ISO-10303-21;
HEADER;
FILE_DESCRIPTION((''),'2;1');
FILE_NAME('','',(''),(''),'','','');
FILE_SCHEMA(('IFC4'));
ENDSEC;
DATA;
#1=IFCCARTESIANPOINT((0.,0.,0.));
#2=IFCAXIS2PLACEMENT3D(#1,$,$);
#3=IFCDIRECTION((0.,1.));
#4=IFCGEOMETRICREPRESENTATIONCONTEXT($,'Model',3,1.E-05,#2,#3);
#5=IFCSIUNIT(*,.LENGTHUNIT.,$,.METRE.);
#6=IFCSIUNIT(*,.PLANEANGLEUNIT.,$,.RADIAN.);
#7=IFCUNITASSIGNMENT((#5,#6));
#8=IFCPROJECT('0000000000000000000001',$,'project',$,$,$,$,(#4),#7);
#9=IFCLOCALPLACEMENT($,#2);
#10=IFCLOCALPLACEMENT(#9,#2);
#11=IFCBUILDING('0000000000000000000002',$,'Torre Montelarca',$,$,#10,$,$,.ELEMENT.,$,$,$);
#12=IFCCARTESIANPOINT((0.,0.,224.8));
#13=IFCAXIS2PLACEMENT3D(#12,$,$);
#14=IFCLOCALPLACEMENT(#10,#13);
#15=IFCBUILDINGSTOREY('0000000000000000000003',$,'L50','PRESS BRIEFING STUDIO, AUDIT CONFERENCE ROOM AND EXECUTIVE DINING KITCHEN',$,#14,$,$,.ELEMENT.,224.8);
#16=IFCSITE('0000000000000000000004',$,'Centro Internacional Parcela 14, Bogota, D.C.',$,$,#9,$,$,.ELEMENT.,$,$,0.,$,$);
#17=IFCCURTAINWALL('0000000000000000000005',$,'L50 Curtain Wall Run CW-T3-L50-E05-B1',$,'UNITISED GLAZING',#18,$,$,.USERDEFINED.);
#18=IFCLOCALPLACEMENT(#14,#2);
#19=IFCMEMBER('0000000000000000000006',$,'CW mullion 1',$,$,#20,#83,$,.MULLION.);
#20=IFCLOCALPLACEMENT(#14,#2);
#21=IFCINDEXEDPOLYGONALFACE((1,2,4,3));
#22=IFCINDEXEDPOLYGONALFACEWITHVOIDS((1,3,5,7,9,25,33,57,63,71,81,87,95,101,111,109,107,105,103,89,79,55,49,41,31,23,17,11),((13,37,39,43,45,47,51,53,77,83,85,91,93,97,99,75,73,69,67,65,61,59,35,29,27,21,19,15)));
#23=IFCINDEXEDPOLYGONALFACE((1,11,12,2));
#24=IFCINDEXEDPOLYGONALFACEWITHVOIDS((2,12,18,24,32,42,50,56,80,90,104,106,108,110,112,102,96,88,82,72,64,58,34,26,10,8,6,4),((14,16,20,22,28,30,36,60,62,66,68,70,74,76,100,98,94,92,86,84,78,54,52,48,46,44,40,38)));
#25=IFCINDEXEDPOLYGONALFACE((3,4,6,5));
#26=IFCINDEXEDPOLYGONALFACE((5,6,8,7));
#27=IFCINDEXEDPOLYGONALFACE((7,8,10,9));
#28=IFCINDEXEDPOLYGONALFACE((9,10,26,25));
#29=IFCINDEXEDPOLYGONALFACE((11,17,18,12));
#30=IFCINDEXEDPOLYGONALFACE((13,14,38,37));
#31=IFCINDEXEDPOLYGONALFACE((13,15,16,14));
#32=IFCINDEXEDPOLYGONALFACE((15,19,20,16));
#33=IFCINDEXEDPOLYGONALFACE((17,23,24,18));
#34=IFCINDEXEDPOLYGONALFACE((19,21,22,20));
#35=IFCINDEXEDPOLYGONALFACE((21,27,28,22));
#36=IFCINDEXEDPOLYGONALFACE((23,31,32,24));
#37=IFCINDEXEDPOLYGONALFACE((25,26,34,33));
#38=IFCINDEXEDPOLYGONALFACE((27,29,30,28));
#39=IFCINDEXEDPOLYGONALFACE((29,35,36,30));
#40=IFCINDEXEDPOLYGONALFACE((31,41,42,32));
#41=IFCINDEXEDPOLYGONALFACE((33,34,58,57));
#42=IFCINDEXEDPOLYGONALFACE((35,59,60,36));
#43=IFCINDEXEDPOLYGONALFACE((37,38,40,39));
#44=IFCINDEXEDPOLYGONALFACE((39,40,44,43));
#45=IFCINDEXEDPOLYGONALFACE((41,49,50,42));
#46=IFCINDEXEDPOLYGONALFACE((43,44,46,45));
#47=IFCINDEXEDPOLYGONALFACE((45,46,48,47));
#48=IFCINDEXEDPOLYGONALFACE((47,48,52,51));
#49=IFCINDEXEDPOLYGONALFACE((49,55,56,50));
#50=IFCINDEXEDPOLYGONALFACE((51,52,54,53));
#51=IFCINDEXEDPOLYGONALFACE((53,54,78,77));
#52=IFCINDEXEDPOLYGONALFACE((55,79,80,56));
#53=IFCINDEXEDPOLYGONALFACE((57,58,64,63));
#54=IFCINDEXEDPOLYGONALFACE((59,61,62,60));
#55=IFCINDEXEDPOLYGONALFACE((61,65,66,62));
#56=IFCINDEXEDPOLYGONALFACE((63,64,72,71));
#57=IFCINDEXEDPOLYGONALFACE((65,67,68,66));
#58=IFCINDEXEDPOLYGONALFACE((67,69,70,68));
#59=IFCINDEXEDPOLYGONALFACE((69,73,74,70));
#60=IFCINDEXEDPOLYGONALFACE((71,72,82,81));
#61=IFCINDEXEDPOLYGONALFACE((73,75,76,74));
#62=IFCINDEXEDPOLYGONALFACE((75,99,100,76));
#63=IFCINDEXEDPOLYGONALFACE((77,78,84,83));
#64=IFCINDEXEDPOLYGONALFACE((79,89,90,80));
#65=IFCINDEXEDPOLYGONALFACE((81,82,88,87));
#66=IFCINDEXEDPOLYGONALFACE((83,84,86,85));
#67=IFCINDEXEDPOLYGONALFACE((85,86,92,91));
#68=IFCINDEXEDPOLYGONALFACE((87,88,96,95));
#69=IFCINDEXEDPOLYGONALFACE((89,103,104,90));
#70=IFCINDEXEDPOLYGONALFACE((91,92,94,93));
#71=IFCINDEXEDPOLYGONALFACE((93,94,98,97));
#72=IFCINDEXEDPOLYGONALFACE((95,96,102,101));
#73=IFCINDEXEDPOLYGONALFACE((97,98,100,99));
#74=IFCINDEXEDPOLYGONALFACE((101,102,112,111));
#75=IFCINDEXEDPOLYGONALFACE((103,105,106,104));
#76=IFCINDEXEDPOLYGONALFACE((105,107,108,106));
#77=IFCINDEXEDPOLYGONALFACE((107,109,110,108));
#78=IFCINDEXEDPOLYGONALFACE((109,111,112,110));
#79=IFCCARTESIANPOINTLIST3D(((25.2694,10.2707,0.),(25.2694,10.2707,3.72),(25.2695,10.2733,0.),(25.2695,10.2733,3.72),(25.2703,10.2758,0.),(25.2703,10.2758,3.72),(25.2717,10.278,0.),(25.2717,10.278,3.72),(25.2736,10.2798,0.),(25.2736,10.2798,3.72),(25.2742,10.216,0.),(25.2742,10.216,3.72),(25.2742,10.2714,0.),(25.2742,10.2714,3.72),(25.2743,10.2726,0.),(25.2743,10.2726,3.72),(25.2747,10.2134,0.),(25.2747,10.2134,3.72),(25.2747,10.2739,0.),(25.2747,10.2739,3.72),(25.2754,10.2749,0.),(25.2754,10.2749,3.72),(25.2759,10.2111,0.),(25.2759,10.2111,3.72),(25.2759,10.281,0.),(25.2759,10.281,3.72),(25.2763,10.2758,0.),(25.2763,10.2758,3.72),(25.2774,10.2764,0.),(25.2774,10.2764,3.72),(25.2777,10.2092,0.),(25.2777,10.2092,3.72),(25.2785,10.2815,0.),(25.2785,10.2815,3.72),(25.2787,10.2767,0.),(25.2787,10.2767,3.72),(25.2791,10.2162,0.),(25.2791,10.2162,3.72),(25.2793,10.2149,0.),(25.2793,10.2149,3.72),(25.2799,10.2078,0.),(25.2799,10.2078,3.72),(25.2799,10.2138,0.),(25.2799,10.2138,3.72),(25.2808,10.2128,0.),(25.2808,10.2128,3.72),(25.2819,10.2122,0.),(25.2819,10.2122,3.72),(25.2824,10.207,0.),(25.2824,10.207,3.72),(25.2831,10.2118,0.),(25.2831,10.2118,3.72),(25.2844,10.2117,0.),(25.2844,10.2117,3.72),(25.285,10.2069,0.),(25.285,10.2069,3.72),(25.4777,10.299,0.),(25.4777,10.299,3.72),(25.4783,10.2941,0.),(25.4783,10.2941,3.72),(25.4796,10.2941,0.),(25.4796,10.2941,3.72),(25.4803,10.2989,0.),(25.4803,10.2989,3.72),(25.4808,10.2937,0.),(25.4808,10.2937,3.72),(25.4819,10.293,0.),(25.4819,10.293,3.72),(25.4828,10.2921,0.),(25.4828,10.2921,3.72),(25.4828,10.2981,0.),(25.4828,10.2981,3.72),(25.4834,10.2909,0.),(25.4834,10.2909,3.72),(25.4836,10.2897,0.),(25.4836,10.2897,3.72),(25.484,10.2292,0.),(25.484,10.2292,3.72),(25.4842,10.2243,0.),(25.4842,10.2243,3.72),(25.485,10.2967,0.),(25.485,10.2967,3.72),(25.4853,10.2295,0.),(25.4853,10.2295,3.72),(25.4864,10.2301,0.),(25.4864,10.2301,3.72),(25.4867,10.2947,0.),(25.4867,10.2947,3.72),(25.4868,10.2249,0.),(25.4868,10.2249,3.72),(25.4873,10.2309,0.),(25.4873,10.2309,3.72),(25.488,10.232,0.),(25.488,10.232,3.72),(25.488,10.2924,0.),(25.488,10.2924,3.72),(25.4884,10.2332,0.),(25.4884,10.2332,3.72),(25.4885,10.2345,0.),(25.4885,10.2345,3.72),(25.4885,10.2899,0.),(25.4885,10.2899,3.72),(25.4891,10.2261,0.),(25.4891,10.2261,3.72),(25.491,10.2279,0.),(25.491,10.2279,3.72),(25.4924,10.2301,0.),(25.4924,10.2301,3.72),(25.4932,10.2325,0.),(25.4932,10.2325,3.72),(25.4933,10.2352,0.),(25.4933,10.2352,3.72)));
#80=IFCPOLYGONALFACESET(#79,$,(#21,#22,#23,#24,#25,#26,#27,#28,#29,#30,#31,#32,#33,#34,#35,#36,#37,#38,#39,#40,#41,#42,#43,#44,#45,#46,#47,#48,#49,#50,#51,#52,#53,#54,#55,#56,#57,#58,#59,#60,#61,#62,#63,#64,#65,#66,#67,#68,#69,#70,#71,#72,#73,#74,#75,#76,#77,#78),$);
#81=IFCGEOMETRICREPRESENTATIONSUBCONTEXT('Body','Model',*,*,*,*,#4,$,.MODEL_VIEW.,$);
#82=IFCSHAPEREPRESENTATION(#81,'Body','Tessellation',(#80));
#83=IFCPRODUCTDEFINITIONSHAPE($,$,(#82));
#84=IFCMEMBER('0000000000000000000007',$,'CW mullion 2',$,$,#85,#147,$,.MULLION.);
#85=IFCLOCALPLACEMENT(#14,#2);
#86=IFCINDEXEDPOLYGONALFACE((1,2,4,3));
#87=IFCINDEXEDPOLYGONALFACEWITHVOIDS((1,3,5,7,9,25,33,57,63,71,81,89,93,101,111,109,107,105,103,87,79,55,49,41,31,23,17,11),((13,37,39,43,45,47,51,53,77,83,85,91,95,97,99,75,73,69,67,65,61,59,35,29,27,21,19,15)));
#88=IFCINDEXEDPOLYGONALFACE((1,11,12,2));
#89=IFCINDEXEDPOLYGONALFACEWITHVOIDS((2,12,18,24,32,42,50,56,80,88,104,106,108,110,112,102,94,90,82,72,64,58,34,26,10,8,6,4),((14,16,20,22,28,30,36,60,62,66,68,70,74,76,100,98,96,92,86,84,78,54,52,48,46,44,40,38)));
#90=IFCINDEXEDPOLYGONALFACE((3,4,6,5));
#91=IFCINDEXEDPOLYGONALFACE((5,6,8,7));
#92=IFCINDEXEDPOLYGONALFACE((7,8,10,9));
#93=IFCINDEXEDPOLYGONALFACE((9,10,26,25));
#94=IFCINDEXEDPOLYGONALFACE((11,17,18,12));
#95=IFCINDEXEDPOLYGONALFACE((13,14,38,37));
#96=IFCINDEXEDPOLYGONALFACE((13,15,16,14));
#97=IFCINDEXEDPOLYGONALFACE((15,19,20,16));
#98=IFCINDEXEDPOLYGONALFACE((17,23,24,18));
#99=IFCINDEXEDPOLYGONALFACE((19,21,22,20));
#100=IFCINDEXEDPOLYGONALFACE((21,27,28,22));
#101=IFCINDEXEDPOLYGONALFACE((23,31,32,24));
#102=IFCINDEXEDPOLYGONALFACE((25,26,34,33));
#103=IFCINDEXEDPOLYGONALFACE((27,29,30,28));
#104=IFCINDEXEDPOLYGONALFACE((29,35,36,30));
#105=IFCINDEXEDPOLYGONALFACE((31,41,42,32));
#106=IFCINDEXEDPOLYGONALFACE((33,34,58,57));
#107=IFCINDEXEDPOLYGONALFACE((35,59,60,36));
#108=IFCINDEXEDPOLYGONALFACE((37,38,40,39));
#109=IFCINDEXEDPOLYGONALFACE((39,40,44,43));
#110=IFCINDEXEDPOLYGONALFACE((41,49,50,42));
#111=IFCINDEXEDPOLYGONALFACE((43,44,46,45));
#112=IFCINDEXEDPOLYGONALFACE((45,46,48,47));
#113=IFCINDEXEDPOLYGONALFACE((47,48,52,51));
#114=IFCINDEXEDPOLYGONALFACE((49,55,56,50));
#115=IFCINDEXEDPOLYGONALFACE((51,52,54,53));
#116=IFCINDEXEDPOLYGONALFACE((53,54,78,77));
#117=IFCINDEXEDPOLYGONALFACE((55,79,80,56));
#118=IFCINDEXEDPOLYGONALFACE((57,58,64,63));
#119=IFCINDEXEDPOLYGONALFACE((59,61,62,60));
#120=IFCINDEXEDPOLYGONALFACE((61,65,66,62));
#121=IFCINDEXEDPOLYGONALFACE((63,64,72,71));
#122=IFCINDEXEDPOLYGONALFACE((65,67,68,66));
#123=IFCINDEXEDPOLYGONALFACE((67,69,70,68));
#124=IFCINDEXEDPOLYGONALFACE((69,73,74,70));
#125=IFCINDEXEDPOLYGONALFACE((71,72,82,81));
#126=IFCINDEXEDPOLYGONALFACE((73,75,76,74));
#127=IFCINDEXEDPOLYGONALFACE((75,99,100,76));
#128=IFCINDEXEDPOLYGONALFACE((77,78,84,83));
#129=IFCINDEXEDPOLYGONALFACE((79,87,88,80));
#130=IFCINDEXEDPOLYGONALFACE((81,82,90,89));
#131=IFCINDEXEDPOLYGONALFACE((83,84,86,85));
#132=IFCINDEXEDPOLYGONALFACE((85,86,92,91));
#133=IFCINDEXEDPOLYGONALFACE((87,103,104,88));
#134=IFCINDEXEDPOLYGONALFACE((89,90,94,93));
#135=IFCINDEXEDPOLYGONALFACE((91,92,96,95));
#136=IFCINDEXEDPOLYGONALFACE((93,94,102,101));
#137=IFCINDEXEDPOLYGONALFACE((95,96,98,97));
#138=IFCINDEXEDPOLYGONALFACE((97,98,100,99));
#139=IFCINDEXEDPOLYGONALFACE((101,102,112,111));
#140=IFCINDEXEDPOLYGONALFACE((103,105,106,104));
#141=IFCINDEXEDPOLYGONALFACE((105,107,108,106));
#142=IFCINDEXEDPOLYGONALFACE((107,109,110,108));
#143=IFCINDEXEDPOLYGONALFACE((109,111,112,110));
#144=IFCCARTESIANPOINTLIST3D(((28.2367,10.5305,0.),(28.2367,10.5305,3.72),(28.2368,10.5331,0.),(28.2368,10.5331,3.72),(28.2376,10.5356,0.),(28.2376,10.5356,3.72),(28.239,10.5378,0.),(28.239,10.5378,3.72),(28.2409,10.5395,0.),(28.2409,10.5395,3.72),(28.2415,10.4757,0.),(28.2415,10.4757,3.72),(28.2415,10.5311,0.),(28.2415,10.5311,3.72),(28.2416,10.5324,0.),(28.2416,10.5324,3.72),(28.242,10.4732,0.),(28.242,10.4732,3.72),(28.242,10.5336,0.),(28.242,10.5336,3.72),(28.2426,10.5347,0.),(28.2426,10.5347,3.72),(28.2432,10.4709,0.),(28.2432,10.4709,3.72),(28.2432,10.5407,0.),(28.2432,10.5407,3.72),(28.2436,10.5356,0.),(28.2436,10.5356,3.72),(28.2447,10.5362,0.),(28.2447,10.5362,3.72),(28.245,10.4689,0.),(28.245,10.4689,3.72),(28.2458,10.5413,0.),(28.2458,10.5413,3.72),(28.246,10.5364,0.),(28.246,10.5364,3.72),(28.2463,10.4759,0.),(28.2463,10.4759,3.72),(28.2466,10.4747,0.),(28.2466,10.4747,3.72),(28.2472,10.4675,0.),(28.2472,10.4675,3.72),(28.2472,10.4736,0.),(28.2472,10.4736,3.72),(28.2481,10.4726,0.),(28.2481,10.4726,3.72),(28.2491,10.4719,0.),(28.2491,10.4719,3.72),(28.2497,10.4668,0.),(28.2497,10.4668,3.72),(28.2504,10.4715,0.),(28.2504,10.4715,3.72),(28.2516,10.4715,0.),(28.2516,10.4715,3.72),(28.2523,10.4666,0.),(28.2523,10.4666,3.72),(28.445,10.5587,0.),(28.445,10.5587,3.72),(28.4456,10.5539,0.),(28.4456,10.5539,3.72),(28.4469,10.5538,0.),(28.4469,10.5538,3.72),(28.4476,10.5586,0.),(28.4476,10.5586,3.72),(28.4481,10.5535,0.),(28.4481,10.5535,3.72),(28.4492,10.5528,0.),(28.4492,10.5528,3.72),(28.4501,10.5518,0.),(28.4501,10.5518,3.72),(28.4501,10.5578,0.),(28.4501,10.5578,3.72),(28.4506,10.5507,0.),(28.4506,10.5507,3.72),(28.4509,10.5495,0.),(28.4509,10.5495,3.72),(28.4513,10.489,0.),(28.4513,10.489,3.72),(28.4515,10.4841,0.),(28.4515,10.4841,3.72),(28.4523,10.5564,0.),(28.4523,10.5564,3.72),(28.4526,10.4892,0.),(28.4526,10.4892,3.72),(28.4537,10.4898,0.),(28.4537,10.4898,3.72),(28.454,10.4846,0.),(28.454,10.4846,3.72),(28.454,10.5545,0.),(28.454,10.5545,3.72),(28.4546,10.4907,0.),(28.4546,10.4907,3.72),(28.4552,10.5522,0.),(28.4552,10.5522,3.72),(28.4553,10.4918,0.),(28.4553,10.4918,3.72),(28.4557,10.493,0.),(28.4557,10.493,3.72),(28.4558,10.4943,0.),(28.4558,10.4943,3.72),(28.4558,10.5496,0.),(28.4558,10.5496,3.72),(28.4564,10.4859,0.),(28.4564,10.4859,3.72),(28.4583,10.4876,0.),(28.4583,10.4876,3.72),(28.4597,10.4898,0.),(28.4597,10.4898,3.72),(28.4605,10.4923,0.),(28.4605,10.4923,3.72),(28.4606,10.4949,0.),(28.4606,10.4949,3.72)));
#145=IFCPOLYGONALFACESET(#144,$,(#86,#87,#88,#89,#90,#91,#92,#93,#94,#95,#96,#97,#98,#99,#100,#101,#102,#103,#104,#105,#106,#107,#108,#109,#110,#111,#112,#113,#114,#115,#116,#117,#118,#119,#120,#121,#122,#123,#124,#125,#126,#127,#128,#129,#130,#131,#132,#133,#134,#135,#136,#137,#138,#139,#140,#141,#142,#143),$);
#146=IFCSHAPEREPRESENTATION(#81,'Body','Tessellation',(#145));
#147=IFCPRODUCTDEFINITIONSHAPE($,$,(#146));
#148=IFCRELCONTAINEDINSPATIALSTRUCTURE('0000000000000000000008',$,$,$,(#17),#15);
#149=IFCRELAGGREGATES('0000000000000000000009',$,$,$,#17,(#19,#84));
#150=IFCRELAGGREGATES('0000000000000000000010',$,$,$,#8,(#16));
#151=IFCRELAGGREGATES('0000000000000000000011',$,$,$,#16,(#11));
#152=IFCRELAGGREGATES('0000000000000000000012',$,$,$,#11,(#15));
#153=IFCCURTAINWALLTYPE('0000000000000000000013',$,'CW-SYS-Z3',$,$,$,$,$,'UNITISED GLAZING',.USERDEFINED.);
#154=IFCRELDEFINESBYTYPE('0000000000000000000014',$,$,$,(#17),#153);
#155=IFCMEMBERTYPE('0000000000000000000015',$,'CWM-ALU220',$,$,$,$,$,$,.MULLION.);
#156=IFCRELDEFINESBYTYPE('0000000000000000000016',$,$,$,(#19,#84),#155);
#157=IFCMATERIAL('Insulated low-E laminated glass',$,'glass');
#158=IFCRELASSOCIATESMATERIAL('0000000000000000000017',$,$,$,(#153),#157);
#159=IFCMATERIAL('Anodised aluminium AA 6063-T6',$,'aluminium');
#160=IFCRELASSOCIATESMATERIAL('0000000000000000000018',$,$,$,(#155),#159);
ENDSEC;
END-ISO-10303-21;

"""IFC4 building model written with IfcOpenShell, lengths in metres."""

from ifc_helpers import new_model, si_unit, direction, frame, origin, origin_2d, place, context, subcontext, project, spatial, hollow_rectangle, extrude, source, transform, mapped, material, material_profile, profile_set, type_object, element, aggregate, save


model = new_model("IFC4")

# Units and contexts
model_context = context("Model", 3, precision=1e-05, world=origin(), true_north=direction((0.0, 1.0)))
body_context = subcontext(model_context, "Body", "Model", "MODEL_VIEW")
ifc_project = project(units=[si_unit("LENGTHUNIT", "METRE"), si_unit("PLANEANGLEUNIT", "RADIAN")], contexts=[model_context])

# Site, building, storey
site_placement = place(None, origin())
site = spatial("IfcSite", under=ifc_project, at=site_placement, Name="Centro Internacional Parcela 14, Bogota, D.C.", CompositionType="ELEMENT", RefElevation=0.0)
building_placement = place(site_placement, origin())
building = spatial("IfcBuilding", under=site, at=building_placement, Name="Torre Montelarca", CompositionType="ELEMENT")
storey_placement = place(building_placement, frame((0.0, 0.0, 224.8)))
storey = spatial("IfcBuildingStorey", under=building, at=storey_placement, Name="L50", Description="PRESS BRIEFING STUDIO, AUDIT CONFERENCE ROOM AND EXECUTIVE DINING KITCHEN", CompositionType="ELEMENT", Elevation=224.8)

# Curtain wall
ifc_material_1 = material(Name="Insulated low-E laminated glass", Category="glass")
curtain_wall_type = type_object("IfcCurtainWallType", Name="CW-SYS-Z3", ElementType="UNITISED GLAZING", PredefinedType="USERDEFINED", material=ifc_material_1)
curtain_wall_1_placement = place(storey_placement, origin())
curtain_wall_1 = element("IfcCurtainWall", 1, at=curtain_wall_1_placement, inside=storey, type_object=curtain_wall_type, Name="L50 Curtain Wall Run CW-T3-L50-E05-B1", ObjectType="UNITISED GLAZING", PredefinedType="USERDEFINED")
ifc_material_2 = material(Name="Anodised aluminium AA 6063-T6", Category="aluminium")

# Shared definitions
ifc_material_profile_1 = material_profile(ifc_material_2, hollow_rectangle(XDim=0.075, YDim=0.22, WallThickness=0.0049, InnerFilletRadius=0.0049, OuterFilletRadius=0.01, at=origin_2d()), Name="ALU75X220X5", Category="aluminium")
ifc_profile_set_1 = profile_set([ifc_material_profile_1], Name="Anodised aluminium AA 6063-T6")
member_type_1 = type_object("IfcMemberType", Name="CWM-ALU220", PredefinedType="MULLION", material=ifc_profile_set_1)
shared_shape_1 = source(origin(), body_context, "Body", "SweptSolid", [
    extrude(hollow_rectangle(XDim=0.075, YDim=0.22, WallThickness=0.0049, InnerFilletRadius=0.0049, OuterFilletRadius=0.01, at=origin_2d()), origin(), (0.0, 0.0, 1.0), 3.72),
])

# Members
member_1_placement = place(storey_placement, frame((25.3813, 10.2529, 0.0), z_axis=(0.0, 0.0, 1.0), x_axis=(-0.087181, 0.996192, 0.0)))
member_1 = element("IfcMember", 2, at=member_1_placement, type_object=member_type_1, Name="CW mullion 1", PredefinedType="MULLION", context=body_context, shape_type="MappedRepresentation", body=[
    mapped(shared_shape_1, transform((0.0, 0.0, 0.0), scale=1.0)),
])
member_2_placement = place(storey_placement, frame((28.3486, 10.5127, 0.0), z_axis=(0.0, 0.0, 1.0), x_axis=(-0.087181, 0.996192, 0.0)))
member_2 = element("IfcMember", 3, at=member_2_placement, type_object=member_type_1, Name="CW mullion 2", PredefinedType="MULLION", context=body_context, shape_type="MappedRepresentation", body=[
    mapped(shared_shape_1, transform((0.0, 0.0, 0.0), scale=1.0)),
])

aggregate(curtain_wall_1, [member_1, member_2])

save(model, "model.ifc")
